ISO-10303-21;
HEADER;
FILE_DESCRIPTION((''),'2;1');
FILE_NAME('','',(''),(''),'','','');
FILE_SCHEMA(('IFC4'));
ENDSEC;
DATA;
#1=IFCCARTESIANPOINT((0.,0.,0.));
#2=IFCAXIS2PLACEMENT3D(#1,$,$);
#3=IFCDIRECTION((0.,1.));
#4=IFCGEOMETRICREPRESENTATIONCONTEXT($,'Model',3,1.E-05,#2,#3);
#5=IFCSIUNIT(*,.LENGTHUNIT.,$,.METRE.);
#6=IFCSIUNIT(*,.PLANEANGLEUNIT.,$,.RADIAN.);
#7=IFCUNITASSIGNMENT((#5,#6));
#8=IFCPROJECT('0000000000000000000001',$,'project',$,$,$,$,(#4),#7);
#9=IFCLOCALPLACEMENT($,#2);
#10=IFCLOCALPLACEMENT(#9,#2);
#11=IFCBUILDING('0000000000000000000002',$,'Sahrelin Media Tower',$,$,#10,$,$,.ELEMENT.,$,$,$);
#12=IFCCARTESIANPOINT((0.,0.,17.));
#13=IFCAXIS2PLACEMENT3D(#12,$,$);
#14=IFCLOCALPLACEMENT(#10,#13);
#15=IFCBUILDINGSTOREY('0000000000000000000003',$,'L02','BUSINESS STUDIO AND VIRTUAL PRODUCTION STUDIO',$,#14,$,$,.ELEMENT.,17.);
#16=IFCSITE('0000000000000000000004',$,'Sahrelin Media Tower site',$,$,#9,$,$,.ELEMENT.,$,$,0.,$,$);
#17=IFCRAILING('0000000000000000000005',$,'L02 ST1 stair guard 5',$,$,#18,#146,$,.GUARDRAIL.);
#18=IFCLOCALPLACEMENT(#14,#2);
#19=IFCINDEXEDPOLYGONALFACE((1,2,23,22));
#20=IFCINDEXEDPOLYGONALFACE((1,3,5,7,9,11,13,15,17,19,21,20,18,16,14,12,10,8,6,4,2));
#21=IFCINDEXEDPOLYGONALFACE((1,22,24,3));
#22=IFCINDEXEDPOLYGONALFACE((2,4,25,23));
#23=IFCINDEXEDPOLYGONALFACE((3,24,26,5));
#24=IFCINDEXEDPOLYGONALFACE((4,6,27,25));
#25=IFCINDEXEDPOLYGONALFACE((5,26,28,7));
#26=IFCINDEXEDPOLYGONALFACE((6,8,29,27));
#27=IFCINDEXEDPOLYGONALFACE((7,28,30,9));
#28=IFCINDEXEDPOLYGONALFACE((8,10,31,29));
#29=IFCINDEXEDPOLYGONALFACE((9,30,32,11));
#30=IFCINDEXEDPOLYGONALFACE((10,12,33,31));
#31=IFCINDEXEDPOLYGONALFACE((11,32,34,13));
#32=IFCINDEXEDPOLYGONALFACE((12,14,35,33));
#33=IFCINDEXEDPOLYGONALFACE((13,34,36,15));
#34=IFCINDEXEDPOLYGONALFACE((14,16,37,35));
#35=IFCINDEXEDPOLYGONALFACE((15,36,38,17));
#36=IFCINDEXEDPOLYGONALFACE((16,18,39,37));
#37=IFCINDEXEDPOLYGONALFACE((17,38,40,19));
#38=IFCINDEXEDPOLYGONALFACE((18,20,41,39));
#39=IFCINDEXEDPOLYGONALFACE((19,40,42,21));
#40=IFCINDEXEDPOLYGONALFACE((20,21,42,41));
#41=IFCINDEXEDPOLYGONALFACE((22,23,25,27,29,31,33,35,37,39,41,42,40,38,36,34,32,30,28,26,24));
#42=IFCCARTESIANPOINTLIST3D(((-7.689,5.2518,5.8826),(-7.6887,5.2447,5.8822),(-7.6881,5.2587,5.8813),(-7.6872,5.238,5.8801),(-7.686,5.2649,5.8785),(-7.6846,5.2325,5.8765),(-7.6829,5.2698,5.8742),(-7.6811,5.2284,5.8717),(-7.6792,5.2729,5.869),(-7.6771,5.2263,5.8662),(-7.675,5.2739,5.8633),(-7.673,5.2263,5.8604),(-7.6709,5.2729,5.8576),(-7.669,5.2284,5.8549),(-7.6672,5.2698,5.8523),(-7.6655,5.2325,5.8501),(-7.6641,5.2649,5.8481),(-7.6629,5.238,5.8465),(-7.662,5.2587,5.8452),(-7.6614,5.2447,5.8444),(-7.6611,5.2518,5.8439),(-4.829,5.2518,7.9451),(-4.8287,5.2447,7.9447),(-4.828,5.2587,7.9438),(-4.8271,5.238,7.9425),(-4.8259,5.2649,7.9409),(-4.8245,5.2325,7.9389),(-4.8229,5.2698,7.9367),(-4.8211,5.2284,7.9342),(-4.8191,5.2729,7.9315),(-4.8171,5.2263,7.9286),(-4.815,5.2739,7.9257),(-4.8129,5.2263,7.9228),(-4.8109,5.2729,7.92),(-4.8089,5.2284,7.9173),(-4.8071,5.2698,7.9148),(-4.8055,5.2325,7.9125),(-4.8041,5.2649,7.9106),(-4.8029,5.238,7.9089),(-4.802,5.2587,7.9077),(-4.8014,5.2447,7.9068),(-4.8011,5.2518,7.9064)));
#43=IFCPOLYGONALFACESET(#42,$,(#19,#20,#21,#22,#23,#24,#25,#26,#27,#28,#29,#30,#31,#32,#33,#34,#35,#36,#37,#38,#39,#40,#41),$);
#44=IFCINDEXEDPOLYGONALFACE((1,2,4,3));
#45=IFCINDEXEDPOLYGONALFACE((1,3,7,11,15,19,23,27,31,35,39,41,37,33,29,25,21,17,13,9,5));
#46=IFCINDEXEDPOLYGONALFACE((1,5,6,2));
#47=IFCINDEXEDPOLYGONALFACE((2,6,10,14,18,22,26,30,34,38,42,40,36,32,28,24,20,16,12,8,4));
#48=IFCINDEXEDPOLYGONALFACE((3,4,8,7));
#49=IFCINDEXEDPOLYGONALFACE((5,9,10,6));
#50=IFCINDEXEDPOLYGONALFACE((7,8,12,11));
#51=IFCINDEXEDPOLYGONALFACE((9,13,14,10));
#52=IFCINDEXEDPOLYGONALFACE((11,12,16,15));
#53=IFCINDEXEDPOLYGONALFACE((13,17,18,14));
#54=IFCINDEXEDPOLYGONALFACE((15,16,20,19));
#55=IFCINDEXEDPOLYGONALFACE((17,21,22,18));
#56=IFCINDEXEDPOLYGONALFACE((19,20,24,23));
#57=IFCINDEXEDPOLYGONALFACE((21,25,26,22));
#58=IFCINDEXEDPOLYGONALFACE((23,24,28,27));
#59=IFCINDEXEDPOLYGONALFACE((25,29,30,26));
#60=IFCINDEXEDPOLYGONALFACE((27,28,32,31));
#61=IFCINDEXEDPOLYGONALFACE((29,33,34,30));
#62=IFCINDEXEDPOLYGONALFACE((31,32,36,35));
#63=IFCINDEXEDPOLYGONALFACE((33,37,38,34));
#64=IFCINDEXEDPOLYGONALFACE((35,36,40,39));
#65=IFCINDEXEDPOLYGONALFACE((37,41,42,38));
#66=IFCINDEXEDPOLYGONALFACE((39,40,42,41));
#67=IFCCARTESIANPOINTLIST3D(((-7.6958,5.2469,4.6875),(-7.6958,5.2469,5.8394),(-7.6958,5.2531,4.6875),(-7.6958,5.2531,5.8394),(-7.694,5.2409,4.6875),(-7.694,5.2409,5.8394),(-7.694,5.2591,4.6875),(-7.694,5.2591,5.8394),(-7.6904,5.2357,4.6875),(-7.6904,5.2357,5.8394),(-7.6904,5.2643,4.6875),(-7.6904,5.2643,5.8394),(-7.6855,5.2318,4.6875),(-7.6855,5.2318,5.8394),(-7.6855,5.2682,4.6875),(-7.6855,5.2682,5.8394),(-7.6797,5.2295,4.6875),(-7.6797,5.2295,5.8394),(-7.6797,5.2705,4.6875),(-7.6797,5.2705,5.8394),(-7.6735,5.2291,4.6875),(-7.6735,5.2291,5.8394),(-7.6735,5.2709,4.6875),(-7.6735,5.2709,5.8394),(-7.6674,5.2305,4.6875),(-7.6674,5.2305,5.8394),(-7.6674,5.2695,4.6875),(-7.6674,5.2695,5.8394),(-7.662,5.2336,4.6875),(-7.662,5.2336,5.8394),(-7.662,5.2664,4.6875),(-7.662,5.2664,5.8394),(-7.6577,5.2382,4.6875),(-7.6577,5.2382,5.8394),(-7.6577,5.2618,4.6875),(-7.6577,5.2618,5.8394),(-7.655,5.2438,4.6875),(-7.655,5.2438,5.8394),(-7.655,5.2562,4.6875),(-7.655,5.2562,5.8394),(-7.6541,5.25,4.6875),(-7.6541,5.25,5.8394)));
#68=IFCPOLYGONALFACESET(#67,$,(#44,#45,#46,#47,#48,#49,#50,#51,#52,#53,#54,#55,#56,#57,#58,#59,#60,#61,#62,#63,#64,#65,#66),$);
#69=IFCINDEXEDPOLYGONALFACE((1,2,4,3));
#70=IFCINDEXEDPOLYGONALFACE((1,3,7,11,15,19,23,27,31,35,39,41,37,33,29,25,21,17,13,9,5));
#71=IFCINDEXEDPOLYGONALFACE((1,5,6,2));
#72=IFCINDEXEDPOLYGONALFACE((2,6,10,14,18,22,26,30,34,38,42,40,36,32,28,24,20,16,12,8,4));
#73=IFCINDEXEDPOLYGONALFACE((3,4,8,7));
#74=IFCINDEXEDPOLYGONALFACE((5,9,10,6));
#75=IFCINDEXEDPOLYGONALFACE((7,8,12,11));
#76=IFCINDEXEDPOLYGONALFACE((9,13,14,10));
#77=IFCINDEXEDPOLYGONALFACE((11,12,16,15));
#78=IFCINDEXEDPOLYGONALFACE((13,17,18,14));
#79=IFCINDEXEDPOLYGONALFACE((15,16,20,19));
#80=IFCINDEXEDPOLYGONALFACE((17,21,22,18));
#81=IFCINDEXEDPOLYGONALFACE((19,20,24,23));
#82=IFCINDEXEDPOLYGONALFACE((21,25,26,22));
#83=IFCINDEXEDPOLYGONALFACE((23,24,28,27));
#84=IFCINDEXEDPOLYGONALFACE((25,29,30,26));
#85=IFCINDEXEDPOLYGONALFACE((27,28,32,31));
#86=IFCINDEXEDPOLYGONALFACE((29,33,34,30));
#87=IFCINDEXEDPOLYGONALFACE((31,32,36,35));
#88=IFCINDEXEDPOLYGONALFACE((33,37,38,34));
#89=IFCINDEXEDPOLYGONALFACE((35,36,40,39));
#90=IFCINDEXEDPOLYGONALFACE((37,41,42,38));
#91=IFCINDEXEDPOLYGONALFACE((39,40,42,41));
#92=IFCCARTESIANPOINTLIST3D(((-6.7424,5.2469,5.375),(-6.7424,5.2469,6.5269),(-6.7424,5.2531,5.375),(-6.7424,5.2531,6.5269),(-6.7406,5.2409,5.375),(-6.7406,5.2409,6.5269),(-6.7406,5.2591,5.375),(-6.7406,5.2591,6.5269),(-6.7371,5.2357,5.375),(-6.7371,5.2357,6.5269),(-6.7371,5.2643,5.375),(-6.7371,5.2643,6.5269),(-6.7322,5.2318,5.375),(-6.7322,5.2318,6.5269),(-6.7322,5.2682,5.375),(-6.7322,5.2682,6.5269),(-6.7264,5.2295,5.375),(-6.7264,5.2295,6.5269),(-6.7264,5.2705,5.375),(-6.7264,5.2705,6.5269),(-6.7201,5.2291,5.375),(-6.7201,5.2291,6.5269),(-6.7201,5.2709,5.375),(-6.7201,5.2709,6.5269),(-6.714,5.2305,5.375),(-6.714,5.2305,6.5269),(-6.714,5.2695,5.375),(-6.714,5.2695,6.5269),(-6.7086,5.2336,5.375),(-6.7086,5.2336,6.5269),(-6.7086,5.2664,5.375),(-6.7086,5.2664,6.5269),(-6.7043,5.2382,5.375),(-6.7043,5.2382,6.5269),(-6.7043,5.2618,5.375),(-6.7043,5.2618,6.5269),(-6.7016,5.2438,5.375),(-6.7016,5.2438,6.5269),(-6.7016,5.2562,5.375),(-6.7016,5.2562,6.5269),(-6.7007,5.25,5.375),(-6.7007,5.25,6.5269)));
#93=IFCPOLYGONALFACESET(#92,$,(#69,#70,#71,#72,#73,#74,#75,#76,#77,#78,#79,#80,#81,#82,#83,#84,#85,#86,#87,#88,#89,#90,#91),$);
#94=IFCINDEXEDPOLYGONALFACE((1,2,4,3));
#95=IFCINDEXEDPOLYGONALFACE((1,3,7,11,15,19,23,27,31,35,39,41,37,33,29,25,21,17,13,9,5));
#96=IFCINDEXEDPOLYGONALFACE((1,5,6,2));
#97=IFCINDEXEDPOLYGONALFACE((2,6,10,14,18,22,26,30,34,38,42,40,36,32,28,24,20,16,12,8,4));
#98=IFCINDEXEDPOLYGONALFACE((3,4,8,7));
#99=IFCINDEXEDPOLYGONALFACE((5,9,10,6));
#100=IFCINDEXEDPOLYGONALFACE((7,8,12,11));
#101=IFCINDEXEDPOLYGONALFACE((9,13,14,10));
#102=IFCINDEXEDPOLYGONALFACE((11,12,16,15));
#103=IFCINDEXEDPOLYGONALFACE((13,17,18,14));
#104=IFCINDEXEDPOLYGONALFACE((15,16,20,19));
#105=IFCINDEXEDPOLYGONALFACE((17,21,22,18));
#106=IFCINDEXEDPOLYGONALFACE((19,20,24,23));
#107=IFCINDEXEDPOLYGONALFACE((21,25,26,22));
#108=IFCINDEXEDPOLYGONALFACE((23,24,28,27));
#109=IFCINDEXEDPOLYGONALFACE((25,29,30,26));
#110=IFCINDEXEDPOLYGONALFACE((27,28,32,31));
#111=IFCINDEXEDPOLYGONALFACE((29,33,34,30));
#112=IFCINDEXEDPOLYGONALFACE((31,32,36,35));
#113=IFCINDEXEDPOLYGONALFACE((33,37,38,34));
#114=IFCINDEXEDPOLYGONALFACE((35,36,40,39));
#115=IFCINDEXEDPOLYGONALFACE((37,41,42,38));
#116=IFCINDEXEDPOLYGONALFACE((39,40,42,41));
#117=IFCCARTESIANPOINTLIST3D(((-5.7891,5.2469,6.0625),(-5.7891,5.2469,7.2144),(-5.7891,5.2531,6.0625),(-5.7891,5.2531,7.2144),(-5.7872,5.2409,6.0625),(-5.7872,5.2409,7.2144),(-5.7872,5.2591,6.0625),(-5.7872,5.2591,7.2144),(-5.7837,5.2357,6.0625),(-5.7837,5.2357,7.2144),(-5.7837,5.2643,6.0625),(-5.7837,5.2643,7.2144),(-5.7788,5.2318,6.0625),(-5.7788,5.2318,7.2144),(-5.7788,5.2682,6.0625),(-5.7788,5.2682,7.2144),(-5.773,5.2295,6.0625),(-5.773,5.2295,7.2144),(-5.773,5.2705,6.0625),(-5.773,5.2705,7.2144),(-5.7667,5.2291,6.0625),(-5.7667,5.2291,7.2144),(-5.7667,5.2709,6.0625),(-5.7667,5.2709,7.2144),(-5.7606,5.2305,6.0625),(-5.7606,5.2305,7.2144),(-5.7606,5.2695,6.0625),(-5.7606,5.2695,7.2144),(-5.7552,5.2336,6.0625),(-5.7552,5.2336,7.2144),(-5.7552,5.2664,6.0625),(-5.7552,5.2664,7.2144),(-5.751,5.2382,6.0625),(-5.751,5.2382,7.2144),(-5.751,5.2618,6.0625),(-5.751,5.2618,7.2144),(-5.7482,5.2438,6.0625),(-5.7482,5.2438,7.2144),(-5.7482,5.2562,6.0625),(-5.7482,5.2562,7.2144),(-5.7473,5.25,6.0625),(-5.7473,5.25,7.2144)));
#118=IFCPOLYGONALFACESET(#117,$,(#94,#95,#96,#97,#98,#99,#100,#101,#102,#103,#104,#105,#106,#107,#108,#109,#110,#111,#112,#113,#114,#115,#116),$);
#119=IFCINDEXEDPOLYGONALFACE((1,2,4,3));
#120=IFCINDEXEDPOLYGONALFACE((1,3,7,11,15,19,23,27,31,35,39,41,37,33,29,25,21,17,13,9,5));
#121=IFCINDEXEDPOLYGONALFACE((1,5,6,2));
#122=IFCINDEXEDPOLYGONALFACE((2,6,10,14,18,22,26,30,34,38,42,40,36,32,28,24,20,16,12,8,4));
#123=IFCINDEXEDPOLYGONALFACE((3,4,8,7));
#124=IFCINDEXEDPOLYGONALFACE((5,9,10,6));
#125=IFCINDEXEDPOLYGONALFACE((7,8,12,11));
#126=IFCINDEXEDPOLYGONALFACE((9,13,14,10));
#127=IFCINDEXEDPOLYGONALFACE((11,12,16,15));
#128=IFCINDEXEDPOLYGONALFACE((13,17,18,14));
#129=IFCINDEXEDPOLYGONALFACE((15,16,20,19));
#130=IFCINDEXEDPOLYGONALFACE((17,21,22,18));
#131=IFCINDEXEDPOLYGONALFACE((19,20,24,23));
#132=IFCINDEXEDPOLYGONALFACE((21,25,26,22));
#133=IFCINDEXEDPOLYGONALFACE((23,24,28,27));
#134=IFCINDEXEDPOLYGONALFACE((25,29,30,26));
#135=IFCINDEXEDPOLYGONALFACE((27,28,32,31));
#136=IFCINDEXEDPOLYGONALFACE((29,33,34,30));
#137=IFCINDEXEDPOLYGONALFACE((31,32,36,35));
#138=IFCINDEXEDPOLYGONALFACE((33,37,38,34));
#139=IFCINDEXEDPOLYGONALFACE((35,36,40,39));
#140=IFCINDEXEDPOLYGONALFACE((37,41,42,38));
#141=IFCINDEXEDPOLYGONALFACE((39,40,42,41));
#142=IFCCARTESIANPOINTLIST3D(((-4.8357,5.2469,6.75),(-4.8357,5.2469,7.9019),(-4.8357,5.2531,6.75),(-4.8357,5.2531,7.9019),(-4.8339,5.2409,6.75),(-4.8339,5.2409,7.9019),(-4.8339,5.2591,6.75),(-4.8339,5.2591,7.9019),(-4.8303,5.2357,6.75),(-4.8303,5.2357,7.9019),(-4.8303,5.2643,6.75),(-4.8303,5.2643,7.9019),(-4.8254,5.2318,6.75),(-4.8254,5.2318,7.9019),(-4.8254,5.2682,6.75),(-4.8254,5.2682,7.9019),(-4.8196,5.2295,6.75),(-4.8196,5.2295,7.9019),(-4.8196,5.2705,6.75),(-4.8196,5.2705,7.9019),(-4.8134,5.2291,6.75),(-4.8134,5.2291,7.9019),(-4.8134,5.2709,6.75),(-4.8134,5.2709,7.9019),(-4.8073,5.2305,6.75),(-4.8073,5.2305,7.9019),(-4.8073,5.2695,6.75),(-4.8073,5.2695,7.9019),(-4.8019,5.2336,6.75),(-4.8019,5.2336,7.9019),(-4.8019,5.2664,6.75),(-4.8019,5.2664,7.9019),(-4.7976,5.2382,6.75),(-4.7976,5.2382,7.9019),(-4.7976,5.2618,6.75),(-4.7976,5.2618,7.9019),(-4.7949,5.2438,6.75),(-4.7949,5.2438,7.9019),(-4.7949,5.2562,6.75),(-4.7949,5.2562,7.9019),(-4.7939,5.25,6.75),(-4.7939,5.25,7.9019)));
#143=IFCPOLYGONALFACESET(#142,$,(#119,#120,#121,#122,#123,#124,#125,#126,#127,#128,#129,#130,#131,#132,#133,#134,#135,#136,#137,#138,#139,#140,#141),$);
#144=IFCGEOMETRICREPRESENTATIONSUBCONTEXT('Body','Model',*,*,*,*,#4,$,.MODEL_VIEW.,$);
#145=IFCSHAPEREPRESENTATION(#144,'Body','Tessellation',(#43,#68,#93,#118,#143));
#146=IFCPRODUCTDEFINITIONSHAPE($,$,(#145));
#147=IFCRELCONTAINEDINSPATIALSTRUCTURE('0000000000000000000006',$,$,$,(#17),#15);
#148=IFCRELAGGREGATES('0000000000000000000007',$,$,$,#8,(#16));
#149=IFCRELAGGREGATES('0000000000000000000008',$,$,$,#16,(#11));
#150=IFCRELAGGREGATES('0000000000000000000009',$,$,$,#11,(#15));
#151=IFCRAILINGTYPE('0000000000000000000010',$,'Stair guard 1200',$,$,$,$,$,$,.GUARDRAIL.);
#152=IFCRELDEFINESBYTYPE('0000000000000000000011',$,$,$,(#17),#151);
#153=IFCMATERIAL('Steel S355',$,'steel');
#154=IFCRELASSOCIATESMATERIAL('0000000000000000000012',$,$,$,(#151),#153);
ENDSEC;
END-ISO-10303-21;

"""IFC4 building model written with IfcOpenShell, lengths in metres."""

from ifc_helpers import new_model, si_unit, direction, frame, origin, origin_2d, place, context, subcontext, project, spatial, circle, extrude, material, type_object, element, save


model = new_model("IFC4")

# Units and contexts
model_context = context("Model", 3, precision=1e-05, world=origin(), true_north=direction((0.0, 1.0)))
body_context = subcontext(model_context, "Body", "Model", "MODEL_VIEW")
ifc_project = project(units=[si_unit("LENGTHUNIT", "METRE"), si_unit("PLANEANGLEUNIT", "RADIAN")], contexts=[model_context])

# Site, building, storey
site_placement = place(None, origin())
site = spatial("IfcSite", under=ifc_project, at=site_placement, Name="Sahrelin Media Tower site", CompositionType="ELEMENT", RefElevation=0.0)
building_placement = place(site_placement, origin())
building = spatial("IfcBuilding", under=site, at=building_placement, Name="Sahrelin Media Tower", CompositionType="ELEMENT")
storey_placement = place(building_placement, frame((0.0, 0.0, 17.0)))
storey = spatial("IfcBuildingStorey", under=building, at=storey_placement, Name="L02", Description="BUSINESS STUDIO AND VIRTUAL PRODUCTION STUDIO", CompositionType="ELEMENT", Elevation=17.0)

# Railing
ifc_material_1 = material(Name="Steel S355", Category="steel")
railing_type_1 = type_object("IfcRailingType", Name="Stair guard 1200", PredefinedType="GUARDRAIL", material=ifc_material_1)
railing_1_placement = place(storey_placement, frame((-7.675, 5.25, 4.6875)))
element("IfcRailing", 1, at=railing_1_placement, inside=storey, type_object=railing_type_1, Name="L02 ST1 stair guard 5", PredefinedType="GUARDRAIL", context=body_context, shape_type="SweptSolid", body=[
    extrude(circle(Radius=0.0239, at=origin_2d()), frame((0.0, 0.0, 1.1758), z_axis=(0.811101, 0.0, 0.584906), x_axis=(0.0, 1.0, 0.0)), (0.0, 0.0, 1.0), 3.5261),
    extrude(circle(Radius=0.021, at=origin_2d()), origin(), (0.0, 0.0, 1.0), 1.1519),
    extrude(circle(Radius=0.021, at=origin_2d()), frame((0.9534, 0.0, 0.6875)), (0.0, 0.0, 1.0), 1.1519),
    extrude(circle(Radius=0.021, at=origin_2d()), frame((1.9067, 0.0, 1.375)), (0.0, 0.0, 1.0), 1.1519),
    extrude(circle(Radius=0.021, at=origin_2d()), frame((2.8601, 0.0, 2.0625)), (0.0, 0.0, 1.0), 1.1519),
])

save(model, "model.ifc")
